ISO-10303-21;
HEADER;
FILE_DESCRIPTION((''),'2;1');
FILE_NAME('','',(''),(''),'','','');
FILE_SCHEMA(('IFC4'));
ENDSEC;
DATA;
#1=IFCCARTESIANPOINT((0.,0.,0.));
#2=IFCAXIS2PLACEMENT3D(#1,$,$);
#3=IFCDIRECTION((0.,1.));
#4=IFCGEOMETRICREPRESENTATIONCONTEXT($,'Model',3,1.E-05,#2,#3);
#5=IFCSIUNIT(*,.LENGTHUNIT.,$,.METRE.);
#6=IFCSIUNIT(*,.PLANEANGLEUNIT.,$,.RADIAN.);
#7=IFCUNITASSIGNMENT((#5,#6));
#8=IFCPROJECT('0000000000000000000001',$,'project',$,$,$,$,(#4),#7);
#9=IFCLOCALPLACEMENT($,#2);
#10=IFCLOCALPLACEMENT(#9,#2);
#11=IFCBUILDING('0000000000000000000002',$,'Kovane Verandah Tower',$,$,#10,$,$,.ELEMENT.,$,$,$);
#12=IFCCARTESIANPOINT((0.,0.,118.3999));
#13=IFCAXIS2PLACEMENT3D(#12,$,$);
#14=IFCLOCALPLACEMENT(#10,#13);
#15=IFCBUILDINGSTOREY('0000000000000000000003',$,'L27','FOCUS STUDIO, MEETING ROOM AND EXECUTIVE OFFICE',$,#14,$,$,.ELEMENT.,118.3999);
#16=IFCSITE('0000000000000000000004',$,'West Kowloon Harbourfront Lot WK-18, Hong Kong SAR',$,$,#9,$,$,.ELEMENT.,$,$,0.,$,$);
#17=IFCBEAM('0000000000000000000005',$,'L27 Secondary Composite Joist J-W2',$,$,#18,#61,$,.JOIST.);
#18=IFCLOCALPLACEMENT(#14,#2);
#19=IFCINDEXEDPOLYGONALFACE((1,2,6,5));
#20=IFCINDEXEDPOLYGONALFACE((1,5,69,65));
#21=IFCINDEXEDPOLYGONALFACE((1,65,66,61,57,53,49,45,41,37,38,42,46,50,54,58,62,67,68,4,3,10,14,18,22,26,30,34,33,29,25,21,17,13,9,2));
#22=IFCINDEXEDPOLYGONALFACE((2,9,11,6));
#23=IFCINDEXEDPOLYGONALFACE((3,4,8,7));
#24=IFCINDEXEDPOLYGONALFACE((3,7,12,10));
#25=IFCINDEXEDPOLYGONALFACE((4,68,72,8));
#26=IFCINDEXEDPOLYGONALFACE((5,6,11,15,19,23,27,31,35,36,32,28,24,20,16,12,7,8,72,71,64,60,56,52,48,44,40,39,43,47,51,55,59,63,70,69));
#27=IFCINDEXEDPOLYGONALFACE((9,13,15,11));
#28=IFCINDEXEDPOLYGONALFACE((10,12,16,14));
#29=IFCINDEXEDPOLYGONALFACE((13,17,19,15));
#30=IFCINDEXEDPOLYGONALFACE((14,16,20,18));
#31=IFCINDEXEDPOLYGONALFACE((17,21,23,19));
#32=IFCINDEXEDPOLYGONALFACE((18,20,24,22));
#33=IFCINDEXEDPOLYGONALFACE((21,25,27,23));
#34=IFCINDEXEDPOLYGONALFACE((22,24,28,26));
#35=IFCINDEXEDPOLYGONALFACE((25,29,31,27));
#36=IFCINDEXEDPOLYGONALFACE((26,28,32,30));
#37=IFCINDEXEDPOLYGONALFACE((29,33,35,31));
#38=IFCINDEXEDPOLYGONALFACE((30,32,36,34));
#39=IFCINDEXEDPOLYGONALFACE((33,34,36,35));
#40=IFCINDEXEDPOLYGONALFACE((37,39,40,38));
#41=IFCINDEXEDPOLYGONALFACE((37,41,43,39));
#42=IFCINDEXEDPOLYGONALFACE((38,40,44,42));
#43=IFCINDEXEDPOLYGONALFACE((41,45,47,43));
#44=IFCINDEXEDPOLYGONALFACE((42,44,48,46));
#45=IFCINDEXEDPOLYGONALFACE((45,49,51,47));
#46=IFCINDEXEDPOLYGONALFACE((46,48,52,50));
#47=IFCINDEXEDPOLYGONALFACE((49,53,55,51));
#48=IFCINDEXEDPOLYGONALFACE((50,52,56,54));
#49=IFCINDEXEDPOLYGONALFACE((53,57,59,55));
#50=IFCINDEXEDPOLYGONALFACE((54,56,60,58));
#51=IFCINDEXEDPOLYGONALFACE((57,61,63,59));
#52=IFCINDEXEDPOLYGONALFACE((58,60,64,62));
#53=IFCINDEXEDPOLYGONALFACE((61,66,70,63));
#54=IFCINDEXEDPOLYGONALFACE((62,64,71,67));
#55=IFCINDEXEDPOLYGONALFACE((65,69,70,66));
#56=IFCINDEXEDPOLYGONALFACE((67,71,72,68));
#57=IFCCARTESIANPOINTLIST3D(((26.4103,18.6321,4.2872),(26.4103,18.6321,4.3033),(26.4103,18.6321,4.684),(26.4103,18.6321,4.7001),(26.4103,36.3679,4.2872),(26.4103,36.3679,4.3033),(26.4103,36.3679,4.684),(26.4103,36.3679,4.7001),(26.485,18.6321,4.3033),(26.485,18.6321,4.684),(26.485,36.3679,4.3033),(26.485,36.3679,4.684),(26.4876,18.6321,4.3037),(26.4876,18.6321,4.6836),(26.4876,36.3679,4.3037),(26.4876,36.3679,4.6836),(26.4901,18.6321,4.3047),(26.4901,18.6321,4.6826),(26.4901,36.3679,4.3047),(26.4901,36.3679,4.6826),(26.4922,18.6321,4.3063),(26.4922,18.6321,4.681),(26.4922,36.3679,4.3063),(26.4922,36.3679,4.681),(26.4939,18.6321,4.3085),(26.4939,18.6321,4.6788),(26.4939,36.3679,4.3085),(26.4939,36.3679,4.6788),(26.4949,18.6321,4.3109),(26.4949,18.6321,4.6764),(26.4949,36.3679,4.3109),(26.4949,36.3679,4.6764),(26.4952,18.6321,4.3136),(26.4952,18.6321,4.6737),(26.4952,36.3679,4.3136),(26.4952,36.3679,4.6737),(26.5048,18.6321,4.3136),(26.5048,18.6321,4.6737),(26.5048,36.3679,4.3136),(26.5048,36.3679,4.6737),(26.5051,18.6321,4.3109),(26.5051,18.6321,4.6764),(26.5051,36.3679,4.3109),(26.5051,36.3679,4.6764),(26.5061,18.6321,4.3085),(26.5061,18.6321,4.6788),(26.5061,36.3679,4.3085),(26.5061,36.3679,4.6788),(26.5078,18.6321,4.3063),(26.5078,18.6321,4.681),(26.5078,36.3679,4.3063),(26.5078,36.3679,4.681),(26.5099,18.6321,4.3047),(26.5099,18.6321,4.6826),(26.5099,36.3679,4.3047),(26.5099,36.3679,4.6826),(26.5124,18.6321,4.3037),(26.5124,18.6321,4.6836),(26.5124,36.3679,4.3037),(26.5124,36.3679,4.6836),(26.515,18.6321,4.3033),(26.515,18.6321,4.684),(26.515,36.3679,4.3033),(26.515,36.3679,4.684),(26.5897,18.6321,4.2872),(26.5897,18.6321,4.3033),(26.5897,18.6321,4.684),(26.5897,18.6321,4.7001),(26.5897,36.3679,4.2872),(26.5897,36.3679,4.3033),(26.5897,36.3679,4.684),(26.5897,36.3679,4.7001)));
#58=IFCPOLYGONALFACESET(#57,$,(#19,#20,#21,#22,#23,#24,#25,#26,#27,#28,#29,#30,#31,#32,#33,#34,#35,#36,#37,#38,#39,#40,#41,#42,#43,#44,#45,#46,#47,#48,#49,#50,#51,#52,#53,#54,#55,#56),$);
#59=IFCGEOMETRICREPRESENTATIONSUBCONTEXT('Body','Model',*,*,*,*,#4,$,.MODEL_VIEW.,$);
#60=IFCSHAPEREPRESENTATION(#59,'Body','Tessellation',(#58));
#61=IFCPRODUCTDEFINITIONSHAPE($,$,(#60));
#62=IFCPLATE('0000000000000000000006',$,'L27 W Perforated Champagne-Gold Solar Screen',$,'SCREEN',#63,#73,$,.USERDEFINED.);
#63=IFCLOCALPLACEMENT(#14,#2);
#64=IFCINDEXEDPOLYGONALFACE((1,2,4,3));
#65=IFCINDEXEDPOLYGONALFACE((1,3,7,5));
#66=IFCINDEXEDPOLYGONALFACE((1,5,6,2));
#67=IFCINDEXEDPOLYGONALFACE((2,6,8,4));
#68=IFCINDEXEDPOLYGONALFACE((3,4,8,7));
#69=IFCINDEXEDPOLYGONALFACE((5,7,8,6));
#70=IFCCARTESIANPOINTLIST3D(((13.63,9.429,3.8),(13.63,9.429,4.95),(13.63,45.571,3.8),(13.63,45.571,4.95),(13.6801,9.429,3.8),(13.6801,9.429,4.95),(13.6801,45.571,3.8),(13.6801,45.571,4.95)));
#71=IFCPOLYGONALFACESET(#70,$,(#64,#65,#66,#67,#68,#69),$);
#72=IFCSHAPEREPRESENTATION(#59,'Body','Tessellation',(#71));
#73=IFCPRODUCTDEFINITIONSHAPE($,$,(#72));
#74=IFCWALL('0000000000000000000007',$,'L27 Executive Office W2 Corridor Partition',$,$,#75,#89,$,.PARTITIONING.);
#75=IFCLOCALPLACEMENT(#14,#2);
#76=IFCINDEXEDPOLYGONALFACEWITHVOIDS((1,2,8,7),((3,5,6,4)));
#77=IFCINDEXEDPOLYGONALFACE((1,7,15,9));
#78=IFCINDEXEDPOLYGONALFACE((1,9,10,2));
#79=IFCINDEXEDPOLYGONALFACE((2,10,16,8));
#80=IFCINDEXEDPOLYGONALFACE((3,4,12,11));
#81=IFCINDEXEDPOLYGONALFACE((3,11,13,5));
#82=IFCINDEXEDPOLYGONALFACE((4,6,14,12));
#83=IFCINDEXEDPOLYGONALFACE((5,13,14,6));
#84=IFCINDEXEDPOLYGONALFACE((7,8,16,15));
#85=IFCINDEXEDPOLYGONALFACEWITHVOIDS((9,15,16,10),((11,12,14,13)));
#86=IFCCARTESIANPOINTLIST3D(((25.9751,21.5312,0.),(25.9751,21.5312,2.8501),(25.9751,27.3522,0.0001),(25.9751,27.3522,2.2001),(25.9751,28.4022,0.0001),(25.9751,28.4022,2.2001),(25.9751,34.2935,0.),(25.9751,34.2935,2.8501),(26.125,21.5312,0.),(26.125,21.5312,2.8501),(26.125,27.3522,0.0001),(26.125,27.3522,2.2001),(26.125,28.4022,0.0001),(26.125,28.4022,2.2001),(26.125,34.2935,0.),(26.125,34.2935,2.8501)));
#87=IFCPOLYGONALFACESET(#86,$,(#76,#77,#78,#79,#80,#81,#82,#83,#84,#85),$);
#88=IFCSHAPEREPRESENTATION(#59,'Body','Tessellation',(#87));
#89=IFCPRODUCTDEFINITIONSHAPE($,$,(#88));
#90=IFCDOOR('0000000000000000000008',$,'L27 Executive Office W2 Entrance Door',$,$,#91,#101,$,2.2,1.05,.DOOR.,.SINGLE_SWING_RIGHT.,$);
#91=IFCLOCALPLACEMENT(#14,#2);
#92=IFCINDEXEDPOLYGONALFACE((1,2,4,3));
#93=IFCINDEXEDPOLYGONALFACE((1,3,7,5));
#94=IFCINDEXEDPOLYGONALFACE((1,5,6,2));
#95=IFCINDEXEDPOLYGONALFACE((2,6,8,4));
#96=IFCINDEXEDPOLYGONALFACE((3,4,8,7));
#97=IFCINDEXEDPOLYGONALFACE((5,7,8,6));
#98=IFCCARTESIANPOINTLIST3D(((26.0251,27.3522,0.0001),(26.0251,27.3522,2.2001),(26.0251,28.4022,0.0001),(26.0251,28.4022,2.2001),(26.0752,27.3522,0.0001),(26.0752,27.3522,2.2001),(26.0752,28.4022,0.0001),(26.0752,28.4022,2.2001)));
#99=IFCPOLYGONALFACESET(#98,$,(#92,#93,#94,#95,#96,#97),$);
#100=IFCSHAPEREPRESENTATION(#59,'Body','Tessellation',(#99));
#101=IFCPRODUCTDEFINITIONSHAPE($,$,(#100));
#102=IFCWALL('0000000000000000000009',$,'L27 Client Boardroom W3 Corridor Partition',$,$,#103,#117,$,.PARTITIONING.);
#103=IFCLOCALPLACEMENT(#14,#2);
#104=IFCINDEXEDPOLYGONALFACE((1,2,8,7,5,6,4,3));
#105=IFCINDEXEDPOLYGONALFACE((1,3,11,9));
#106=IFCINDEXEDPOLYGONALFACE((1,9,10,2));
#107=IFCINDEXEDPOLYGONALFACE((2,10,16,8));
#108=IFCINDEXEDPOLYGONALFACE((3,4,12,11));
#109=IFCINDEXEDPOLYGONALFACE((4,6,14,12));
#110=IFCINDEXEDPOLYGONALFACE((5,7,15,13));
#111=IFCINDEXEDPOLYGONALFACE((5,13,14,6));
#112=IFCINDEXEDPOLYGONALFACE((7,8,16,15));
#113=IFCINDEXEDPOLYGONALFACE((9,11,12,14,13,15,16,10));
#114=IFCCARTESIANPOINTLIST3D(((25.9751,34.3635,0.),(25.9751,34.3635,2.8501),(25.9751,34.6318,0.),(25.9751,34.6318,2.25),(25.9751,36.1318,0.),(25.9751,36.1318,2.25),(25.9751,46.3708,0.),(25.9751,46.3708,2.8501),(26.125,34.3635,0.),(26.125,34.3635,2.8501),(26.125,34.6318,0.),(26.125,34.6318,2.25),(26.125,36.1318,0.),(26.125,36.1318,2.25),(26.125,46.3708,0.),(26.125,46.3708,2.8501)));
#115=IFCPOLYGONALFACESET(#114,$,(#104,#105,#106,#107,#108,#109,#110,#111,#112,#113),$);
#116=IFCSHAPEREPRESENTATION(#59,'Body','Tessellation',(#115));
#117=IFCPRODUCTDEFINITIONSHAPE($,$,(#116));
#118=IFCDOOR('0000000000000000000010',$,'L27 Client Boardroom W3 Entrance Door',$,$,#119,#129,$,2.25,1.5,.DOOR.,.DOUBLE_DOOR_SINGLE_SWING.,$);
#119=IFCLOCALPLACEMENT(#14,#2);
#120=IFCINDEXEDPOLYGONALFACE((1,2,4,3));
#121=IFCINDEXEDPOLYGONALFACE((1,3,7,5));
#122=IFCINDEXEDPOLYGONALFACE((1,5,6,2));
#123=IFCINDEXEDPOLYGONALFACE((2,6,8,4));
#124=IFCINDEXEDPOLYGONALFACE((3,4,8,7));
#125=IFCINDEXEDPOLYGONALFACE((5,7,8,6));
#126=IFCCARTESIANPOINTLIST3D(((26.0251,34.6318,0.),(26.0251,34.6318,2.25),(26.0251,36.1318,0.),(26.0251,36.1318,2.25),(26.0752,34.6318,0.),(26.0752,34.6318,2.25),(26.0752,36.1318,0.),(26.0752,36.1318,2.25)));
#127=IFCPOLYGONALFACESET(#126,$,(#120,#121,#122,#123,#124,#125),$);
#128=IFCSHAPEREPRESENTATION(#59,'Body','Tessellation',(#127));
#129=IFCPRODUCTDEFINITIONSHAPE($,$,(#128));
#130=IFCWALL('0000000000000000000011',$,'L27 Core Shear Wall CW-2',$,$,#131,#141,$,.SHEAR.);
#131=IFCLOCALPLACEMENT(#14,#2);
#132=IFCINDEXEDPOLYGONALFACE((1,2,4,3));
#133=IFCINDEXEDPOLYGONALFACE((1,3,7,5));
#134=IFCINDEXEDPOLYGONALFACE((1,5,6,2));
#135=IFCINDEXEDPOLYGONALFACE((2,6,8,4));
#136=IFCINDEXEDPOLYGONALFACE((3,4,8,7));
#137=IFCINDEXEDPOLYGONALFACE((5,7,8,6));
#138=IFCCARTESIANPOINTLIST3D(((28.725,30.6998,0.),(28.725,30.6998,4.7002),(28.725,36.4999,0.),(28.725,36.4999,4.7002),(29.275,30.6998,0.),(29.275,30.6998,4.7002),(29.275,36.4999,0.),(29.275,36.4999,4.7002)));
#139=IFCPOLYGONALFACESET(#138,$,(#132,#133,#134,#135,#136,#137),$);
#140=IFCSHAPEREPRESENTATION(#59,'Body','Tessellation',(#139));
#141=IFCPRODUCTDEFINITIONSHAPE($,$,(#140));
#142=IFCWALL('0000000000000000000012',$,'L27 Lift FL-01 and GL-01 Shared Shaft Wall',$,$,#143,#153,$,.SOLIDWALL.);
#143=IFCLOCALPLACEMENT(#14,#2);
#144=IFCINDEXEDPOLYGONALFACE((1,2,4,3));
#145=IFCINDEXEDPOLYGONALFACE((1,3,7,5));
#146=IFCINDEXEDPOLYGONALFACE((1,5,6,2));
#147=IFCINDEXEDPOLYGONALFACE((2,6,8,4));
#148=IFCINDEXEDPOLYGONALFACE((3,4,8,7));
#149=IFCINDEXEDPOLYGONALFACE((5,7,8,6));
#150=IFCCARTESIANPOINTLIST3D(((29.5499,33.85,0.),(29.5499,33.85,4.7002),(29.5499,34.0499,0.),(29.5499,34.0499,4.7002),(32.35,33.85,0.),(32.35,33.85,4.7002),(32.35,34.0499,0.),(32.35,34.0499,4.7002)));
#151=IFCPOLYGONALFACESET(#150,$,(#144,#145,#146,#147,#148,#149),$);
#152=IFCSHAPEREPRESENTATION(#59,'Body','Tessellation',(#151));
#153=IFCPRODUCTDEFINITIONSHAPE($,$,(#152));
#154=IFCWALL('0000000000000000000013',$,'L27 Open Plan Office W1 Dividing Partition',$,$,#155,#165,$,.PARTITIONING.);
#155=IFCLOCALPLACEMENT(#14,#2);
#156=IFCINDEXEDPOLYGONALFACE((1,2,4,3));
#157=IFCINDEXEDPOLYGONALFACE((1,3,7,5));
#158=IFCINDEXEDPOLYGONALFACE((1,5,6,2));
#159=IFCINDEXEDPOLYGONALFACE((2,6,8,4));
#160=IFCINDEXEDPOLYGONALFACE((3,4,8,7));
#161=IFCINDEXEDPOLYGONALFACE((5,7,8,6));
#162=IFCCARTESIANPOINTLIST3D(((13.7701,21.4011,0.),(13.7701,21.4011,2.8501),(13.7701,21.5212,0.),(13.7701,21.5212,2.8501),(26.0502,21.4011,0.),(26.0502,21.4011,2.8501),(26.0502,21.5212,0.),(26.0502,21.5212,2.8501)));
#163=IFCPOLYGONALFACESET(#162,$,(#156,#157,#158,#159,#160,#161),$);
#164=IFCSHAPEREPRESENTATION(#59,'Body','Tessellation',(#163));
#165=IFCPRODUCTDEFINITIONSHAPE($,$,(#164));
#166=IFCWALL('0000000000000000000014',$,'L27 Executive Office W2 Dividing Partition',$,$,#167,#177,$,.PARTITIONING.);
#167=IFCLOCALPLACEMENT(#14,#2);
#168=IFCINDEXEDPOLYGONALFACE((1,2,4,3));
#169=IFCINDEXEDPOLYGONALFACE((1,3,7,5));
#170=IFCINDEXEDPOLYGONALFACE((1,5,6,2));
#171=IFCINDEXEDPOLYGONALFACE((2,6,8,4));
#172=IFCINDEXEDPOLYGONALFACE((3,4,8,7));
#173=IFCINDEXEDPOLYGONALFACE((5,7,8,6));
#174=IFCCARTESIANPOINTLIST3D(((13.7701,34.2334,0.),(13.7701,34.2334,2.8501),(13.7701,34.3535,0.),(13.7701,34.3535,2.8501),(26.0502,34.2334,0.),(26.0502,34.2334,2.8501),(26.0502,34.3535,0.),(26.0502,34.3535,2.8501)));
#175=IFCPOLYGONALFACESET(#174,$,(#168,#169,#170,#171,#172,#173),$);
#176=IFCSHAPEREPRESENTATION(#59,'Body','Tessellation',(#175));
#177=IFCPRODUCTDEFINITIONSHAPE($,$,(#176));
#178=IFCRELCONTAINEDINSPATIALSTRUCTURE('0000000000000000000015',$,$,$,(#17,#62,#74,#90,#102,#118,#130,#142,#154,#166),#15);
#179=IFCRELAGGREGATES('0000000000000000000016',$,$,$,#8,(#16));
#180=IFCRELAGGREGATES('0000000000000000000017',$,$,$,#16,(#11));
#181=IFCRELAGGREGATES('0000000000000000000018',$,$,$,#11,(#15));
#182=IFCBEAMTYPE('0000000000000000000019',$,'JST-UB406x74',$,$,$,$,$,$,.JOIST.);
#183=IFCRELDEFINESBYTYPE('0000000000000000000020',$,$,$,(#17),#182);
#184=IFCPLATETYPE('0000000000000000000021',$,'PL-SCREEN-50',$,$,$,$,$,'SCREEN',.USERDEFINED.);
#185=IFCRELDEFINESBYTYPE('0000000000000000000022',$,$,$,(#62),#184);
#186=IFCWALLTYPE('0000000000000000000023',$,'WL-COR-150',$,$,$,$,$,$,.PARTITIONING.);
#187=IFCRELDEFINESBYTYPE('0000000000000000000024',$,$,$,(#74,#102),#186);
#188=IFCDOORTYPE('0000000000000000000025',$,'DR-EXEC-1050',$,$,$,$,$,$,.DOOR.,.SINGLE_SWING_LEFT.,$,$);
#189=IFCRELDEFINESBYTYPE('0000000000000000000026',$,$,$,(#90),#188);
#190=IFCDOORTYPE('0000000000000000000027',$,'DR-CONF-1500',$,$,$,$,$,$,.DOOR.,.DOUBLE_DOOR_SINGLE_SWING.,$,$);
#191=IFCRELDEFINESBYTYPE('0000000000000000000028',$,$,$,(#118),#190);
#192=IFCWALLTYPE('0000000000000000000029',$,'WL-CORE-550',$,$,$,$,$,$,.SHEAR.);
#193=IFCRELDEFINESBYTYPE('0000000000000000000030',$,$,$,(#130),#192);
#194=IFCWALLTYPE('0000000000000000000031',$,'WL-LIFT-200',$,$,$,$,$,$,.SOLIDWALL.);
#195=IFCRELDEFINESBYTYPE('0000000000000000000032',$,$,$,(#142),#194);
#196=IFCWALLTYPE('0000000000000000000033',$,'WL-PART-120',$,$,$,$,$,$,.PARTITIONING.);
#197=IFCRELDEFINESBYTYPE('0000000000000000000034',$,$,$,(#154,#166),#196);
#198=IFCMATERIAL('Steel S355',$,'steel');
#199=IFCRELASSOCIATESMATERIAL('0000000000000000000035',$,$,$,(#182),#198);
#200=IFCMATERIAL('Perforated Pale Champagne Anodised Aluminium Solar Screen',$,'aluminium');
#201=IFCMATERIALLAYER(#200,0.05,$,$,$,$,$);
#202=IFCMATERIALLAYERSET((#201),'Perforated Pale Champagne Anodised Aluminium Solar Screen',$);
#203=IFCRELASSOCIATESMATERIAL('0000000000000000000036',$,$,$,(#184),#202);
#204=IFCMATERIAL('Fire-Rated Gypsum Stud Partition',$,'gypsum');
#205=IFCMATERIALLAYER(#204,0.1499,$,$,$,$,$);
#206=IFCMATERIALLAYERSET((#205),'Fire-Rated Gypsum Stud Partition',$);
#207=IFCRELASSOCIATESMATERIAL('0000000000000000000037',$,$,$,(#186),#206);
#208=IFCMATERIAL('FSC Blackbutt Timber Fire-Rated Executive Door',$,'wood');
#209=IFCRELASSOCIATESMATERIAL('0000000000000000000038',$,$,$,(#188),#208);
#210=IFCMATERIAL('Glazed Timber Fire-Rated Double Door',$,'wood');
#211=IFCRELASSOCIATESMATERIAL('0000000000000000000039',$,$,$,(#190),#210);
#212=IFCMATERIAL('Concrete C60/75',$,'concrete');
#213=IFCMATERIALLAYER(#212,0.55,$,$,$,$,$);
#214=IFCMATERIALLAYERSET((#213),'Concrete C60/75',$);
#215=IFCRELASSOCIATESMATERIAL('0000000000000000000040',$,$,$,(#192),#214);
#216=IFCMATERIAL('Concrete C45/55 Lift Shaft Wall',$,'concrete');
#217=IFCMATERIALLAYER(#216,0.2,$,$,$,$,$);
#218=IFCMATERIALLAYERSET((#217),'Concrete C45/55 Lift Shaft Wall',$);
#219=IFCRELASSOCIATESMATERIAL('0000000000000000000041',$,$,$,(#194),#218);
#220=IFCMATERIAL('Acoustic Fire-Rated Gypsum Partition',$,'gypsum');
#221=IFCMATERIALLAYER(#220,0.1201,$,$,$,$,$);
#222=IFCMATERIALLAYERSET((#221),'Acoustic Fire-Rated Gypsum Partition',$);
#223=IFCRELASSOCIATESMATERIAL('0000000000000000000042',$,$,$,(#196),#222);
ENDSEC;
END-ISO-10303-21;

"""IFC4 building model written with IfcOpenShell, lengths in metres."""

from ifc_helpers import new_model, si_unit, direction, frame, frame_2d, origin, origin_2d, place, context, subcontext, project, spatial, rectangle, i_section, extrude, material, layer, layer_set, material_profile, profile_set, type_object, element, fill, save


model = new_model("IFC4")

# Units and contexts
model_context = context("Model", 3, precision=1e-05, world=origin(), true_north=direction((0.0, 1.0)))
body_context = subcontext(model_context, "Body", "Model", "MODEL_VIEW")
ifc_project = project(units=[si_unit("LENGTHUNIT", "METRE"), si_unit("PLANEANGLEUNIT", "RADIAN")], contexts=[model_context])

# Site, building, storey
site_placement = place(None, origin())
site = spatial("IfcSite", under=ifc_project, at=site_placement, Name="West Kowloon Harbourfront Lot WK-18, Hong Kong SAR", CompositionType="ELEMENT", RefElevation=0.0)
building_placement = place(site_placement, origin())
building = spatial("IfcBuilding", under=site, at=building_placement, Name="Kovane Verandah Tower", CompositionType="ELEMENT")
storey_placement = place(building_placement, frame((0.0, 0.0, 118.3999)))
storey = spatial("IfcBuildingStorey", under=building, at=storey_placement, Name="L27", Description="FOCUS STUDIO, MEETING ROOM AND EXECUTIVE OFFICE", CompositionType="ELEMENT", Elevation=118.3999)

# Beam
ifc_material_1 = material(Name="Concrete C60/75", Category="concrete")
ifc_material_2 = material(Name="Steel S355", Category="steel")
ifc_material_profile_1 = material_profile(ifc_material_2, i_section(OverallWidth=0.1794, OverallDepth=0.4128, WebThickness=0.0095, FlangeThickness=0.0161, FilletRadius=0.0103, at=origin_2d()), Name="UB406x178x74")
ifc_profile_set_1 = profile_set([ifc_material_profile_1], Name="Steel S355")
beam_type_1 = type_object("IfcBeamType", Name="JST-UB406x74", PredefinedType="JOIST", material=ifc_profile_set_1)
beam_1_placement = place(storey_placement, frame((26.5, 18.6321, 4.4937), z_axis=(0.0, 1.0, 0.0), x_axis=(-1.0, 0.0, 0.0)))
element("IfcBeam", 1, at=beam_1_placement, inside=storey, type_object=beam_type_1, Name="L27 Secondary Composite Joist J-W2", PredefinedType="JOIST", context=body_context, shape_type="SweptSolid", body=[
    extrude(i_section(OverallWidth=0.1794, OverallDepth=0.4128, WebThickness=0.0095, FlangeThickness=0.0161, FilletRadius=0.0103, at=origin_2d()), origin(), (0.0, 0.0, 1.0), 17.7358),
])

# Plate
ifc_material_3 = material(Name="Perforated Pale Champagne Anodised Aluminium Solar Screen", Category="aluminium")
ifc_layer_1 = layer(ifc_material_3, 0.05)
ifc_layer_set_1 = layer_set([ifc_layer_1], Name="Perforated Pale Champagne Anodised Aluminium Solar Screen")
plate_type = type_object("IfcPlateType", Name="PL-SCREEN-50", ElementType="SCREEN", PredefinedType="USERDEFINED", material=ifc_layer_set_1)
plate_placement = place(storey_placement, frame((13.655, 27.5, 3.8), z_axis=(0.0, 0.0, 1.0), x_axis=(0.0, -1.0, 0.0)))
element("IfcPlate", 2, at=plate_placement, inside=storey, type_object=plate_type, Name="L27 W Perforated Champagne-Gold Solar Screen", ObjectType="SCREEN", PredefinedType="USERDEFINED", context=body_context, shape_type="SweptSolid", body=[
    extrude(rectangle(XDim=36.1421, YDim=0.05, at=origin_2d()), origin(), (0.0, 0.0, 1.0), 1.1499),
])

# Walls, openings, doors
ifc_material_4 = material(Name="Fire-Rated Gypsum Stud Partition", Category="gypsum")
ifc_layer_2 = layer(ifc_material_4, 0.1499)
ifc_layer_set_2 = layer_set([ifc_layer_2], Name="Fire-Rated Gypsum Stud Partition")
wall_type_1 = type_object("IfcWallType", Name="WL-COR-150", PredefinedType="PARTITIONING", material=ifc_layer_set_2)
wall_1_placement = place(storey_placement, frame((26.05, 21.5312, 0.0), z_axis=(0.0, 0.0, 1.0), x_axis=(0.0, 1.0, 0.0)))
wall_1 = element("IfcWall", 3, at=wall_1_placement, inside=storey, type_object=wall_type_1, Name="L27 Executive Office W2 Corridor Partition", PredefinedType="PARTITIONING", context=body_context, shape_type="SweptSolid", body=[
    extrude(rectangle(XDim=12.7622, YDim=0.1499, at=frame_2d((6.3811, 0.0))), origin(), (0.0, 0.0, 1.0), 2.8501),
])
opening_1_placement = place(wall_1_placement, frame((5.821, 0.0, 0.0)))
opening_1 = element("IfcOpeningElement", 4, at=opening_1_placement, cuts=wall_1, PredefinedType="OPENING", context=body_context, shape_type="SweptSolid", body=[
    extrude(rectangle(XDim=1.05, YDim=2.2, at=frame_2d((0.5249, 1.1001))), frame((0.0, 0.075, 0.0), z_axis=(0.0, -1.0, 0.0), x_axis=(1.0, 0.0, 0.0)), (0.0, 0.0, 1.0), 0.1499),
])
ifc_material_5 = material(Name="FSC Blackbutt Timber Fire-Rated Executive Door", Category="wood")
door_type_1 = type_object("IfcDoorType", Name="DR-EXEC-1050", OperationType="SINGLE_SWING_LEFT", PredefinedType="DOOR", material=ifc_material_5)
door_1_placement = place(opening_1_placement, origin())
door_1 = element("IfcDoor", 5, at=door_1_placement, inside=storey, type_object=door_type_1, Name="L27 Executive Office W2 Entrance Door", OperationType="SINGLE_SWING_RIGHT", OverallHeight=2.2, OverallWidth=1.05, PredefinedType="DOOR", context=body_context, shape_type="SweptSolid", body=[
    extrude(rectangle(XDim=1.05, YDim=2.2, at=frame_2d((0.5249, 1.1001))), frame((0.0, 0.0249, 0.0), z_axis=(0.0, -1.0, 0.0), x_axis=(1.0, 0.0, 0.0)), (0.0, 0.0, 1.0), 0.05),
])
fill(opening_1, door_1)
wall_2_placement = place(storey_placement, frame((26.05, 34.3635, 0.0), z_axis=(0.0, 0.0, 1.0), x_axis=(0.0, 1.0, 0.0)))
wall_2 = element("IfcWall", 6, at=wall_2_placement, inside=storey, type_object=wall_type_1, Name="L27 Client Boardroom W3 Corridor Partition", PredefinedType="PARTITIONING", context=body_context, shape_type="SweptSolid", body=[
    extrude(rectangle(XDim=12.0073, YDim=0.1499, at=frame_2d((6.0037, 0.0))), origin(), (0.0, 0.0, 1.0), 2.8501),
])
opening_2_placement = place(wall_2_placement, frame((0.2683, 0.0, 0.0)))
opening_2 = element("IfcOpeningElement", 7, at=opening_2_placement, cuts=wall_2, PredefinedType="OPENING", context=body_context, shape_type="SweptSolid", body=[
    extrude(rectangle(XDim=1.5, YDim=2.25, at=frame_2d((0.75, 1.125))), frame((0.0, 0.075, 0.0), z_axis=(0.0, -1.0, 0.0), x_axis=(1.0, 0.0, 0.0)), (0.0, 0.0, 1.0), 0.1499),
])
ifc_material_6 = material(Name="Glazed Timber Fire-Rated Double Door", Category="wood")
door_type_2 = type_object("IfcDoorType", Name="DR-CONF-1500", OperationType="DOUBLE_DOOR_SINGLE_SWING", PredefinedType="DOOR", material=ifc_material_6)
door_2_placement = place(opening_2_placement, origin())
door_2 = element("IfcDoor", 8, at=door_2_placement, inside=storey, type_object=door_type_2, Name="L27 Client Boardroom W3 Entrance Door", OperationType="DOUBLE_DOOR_SINGLE_SWING", OverallHeight=2.25, OverallWidth=1.5, PredefinedType="DOOR", context=body_context, shape_type="SweptSolid", body=[
    extrude(rectangle(XDim=1.5, YDim=2.25, at=frame_2d((0.75, 1.125))), frame((0.0, 0.0249, 0.0), z_axis=(0.0, -1.0, 0.0), x_axis=(1.0, 0.0, 0.0)), (0.0, 0.0, 1.0), 0.05),
])
fill(opening_2, door_2)

# Wall
ifc_layer_3 = layer(ifc_material_1, 0.55)
ifc_layer_set_3 = layer_set([ifc_layer_3], Name="Concrete C60/75")
wall_type_2 = type_object("IfcWallType", Name="WL-CORE-550", PredefinedType="SHEAR", material=ifc_layer_set_3)
wall_3_placement = place(storey_placement, frame((29.0, 30.7, 0.0), z_axis=(0.0, 0.0, 1.0), x_axis=(0.0, 1.0, 0.0)))
element("IfcWall", 9, at=wall_3_placement, inside=storey, type_object=wall_type_2, Name="L27 Core Shear Wall CW-2", PredefinedType="SHEAR", context=body_context, shape_type="SweptSolid", body=[
    extrude(rectangle(XDim=5.8, YDim=0.55, at=frame_2d((2.8999, 0.0))), origin(), (0.0, 0.0, 1.0), 4.7002),
])

# Shared definitions
ifc_material_7 = material(Name="Concrete C45/55 Lift Shaft Wall", Category="concrete")
ifc_layer_4 = layer(ifc_material_7, 0.2)
ifc_layer_set_4 = layer_set([ifc_layer_4], Name="Concrete C45/55 Lift Shaft Wall")
wall_type_3 = type_object("IfcWallType", Name="WL-LIFT-200", PredefinedType="SOLIDWALL", material=ifc_layer_set_4)

# Walls
wall_4_placement = place(storey_placement, frame((29.55, 33.95, 0.0), z_axis=(0.0, 0.0, 1.0), x_axis=(1.0, 0.0, 0.0)))
element("IfcWall", 10, at=wall_4_placement, inside=storey, type_object=wall_type_3, Name="L27 Lift FL-01 and GL-01 Shared Shaft Wall", PredefinedType="SOLIDWALL", context=body_context, shape_type="SweptSolid", body=[
    extrude(rectangle(XDim=2.8, YDim=0.2, at=frame_2d((1.3999, 0.0))), origin(), (0.0, 0.0, 1.0), 4.7002),
])
ifc_material_8 = material(Name="Acoustic Fire-Rated Gypsum Partition", Category="gypsum")
ifc_layer_5 = layer(ifc_material_8, 0.1201)
ifc_layer_set_5 = layer_set([ifc_layer_5], Name="Acoustic Fire-Rated Gypsum Partition")
wall_type_4 = type_object("IfcWallType", Name="WL-PART-120", PredefinedType="PARTITIONING", material=ifc_layer_set_5)
for number, where, z_axis, x_axis, name in (
    (11, (13.77, 21.4612, 0.0), (0.0, 0.0, 1.0), (1.0, 0.0, 0.0), "L27 Open Plan Office W1 Dividing Partition"),
    (12, (13.77, 34.2935, 0.0), (0.0, 0.0, 1.0), (1.0, 0.0, 0.0), "L27 Executive Office W2 Dividing Partition"),
):
    element("IfcWall", number, at=place(storey_placement, frame(where, z_axis=z_axis, x_axis=x_axis)), inside=storey, type_object=wall_type_4, Name=name, PredefinedType="PARTITIONING", context=body_context, shape_type="SweptSolid", body=[
        extrude(rectangle(XDim=12.28, YDim=0.1201, at=frame_2d((6.1401, 0.0))), origin(), (0.0, 0.0, 1.0), 2.8501),
    ])

save(model, "model.ifc")
